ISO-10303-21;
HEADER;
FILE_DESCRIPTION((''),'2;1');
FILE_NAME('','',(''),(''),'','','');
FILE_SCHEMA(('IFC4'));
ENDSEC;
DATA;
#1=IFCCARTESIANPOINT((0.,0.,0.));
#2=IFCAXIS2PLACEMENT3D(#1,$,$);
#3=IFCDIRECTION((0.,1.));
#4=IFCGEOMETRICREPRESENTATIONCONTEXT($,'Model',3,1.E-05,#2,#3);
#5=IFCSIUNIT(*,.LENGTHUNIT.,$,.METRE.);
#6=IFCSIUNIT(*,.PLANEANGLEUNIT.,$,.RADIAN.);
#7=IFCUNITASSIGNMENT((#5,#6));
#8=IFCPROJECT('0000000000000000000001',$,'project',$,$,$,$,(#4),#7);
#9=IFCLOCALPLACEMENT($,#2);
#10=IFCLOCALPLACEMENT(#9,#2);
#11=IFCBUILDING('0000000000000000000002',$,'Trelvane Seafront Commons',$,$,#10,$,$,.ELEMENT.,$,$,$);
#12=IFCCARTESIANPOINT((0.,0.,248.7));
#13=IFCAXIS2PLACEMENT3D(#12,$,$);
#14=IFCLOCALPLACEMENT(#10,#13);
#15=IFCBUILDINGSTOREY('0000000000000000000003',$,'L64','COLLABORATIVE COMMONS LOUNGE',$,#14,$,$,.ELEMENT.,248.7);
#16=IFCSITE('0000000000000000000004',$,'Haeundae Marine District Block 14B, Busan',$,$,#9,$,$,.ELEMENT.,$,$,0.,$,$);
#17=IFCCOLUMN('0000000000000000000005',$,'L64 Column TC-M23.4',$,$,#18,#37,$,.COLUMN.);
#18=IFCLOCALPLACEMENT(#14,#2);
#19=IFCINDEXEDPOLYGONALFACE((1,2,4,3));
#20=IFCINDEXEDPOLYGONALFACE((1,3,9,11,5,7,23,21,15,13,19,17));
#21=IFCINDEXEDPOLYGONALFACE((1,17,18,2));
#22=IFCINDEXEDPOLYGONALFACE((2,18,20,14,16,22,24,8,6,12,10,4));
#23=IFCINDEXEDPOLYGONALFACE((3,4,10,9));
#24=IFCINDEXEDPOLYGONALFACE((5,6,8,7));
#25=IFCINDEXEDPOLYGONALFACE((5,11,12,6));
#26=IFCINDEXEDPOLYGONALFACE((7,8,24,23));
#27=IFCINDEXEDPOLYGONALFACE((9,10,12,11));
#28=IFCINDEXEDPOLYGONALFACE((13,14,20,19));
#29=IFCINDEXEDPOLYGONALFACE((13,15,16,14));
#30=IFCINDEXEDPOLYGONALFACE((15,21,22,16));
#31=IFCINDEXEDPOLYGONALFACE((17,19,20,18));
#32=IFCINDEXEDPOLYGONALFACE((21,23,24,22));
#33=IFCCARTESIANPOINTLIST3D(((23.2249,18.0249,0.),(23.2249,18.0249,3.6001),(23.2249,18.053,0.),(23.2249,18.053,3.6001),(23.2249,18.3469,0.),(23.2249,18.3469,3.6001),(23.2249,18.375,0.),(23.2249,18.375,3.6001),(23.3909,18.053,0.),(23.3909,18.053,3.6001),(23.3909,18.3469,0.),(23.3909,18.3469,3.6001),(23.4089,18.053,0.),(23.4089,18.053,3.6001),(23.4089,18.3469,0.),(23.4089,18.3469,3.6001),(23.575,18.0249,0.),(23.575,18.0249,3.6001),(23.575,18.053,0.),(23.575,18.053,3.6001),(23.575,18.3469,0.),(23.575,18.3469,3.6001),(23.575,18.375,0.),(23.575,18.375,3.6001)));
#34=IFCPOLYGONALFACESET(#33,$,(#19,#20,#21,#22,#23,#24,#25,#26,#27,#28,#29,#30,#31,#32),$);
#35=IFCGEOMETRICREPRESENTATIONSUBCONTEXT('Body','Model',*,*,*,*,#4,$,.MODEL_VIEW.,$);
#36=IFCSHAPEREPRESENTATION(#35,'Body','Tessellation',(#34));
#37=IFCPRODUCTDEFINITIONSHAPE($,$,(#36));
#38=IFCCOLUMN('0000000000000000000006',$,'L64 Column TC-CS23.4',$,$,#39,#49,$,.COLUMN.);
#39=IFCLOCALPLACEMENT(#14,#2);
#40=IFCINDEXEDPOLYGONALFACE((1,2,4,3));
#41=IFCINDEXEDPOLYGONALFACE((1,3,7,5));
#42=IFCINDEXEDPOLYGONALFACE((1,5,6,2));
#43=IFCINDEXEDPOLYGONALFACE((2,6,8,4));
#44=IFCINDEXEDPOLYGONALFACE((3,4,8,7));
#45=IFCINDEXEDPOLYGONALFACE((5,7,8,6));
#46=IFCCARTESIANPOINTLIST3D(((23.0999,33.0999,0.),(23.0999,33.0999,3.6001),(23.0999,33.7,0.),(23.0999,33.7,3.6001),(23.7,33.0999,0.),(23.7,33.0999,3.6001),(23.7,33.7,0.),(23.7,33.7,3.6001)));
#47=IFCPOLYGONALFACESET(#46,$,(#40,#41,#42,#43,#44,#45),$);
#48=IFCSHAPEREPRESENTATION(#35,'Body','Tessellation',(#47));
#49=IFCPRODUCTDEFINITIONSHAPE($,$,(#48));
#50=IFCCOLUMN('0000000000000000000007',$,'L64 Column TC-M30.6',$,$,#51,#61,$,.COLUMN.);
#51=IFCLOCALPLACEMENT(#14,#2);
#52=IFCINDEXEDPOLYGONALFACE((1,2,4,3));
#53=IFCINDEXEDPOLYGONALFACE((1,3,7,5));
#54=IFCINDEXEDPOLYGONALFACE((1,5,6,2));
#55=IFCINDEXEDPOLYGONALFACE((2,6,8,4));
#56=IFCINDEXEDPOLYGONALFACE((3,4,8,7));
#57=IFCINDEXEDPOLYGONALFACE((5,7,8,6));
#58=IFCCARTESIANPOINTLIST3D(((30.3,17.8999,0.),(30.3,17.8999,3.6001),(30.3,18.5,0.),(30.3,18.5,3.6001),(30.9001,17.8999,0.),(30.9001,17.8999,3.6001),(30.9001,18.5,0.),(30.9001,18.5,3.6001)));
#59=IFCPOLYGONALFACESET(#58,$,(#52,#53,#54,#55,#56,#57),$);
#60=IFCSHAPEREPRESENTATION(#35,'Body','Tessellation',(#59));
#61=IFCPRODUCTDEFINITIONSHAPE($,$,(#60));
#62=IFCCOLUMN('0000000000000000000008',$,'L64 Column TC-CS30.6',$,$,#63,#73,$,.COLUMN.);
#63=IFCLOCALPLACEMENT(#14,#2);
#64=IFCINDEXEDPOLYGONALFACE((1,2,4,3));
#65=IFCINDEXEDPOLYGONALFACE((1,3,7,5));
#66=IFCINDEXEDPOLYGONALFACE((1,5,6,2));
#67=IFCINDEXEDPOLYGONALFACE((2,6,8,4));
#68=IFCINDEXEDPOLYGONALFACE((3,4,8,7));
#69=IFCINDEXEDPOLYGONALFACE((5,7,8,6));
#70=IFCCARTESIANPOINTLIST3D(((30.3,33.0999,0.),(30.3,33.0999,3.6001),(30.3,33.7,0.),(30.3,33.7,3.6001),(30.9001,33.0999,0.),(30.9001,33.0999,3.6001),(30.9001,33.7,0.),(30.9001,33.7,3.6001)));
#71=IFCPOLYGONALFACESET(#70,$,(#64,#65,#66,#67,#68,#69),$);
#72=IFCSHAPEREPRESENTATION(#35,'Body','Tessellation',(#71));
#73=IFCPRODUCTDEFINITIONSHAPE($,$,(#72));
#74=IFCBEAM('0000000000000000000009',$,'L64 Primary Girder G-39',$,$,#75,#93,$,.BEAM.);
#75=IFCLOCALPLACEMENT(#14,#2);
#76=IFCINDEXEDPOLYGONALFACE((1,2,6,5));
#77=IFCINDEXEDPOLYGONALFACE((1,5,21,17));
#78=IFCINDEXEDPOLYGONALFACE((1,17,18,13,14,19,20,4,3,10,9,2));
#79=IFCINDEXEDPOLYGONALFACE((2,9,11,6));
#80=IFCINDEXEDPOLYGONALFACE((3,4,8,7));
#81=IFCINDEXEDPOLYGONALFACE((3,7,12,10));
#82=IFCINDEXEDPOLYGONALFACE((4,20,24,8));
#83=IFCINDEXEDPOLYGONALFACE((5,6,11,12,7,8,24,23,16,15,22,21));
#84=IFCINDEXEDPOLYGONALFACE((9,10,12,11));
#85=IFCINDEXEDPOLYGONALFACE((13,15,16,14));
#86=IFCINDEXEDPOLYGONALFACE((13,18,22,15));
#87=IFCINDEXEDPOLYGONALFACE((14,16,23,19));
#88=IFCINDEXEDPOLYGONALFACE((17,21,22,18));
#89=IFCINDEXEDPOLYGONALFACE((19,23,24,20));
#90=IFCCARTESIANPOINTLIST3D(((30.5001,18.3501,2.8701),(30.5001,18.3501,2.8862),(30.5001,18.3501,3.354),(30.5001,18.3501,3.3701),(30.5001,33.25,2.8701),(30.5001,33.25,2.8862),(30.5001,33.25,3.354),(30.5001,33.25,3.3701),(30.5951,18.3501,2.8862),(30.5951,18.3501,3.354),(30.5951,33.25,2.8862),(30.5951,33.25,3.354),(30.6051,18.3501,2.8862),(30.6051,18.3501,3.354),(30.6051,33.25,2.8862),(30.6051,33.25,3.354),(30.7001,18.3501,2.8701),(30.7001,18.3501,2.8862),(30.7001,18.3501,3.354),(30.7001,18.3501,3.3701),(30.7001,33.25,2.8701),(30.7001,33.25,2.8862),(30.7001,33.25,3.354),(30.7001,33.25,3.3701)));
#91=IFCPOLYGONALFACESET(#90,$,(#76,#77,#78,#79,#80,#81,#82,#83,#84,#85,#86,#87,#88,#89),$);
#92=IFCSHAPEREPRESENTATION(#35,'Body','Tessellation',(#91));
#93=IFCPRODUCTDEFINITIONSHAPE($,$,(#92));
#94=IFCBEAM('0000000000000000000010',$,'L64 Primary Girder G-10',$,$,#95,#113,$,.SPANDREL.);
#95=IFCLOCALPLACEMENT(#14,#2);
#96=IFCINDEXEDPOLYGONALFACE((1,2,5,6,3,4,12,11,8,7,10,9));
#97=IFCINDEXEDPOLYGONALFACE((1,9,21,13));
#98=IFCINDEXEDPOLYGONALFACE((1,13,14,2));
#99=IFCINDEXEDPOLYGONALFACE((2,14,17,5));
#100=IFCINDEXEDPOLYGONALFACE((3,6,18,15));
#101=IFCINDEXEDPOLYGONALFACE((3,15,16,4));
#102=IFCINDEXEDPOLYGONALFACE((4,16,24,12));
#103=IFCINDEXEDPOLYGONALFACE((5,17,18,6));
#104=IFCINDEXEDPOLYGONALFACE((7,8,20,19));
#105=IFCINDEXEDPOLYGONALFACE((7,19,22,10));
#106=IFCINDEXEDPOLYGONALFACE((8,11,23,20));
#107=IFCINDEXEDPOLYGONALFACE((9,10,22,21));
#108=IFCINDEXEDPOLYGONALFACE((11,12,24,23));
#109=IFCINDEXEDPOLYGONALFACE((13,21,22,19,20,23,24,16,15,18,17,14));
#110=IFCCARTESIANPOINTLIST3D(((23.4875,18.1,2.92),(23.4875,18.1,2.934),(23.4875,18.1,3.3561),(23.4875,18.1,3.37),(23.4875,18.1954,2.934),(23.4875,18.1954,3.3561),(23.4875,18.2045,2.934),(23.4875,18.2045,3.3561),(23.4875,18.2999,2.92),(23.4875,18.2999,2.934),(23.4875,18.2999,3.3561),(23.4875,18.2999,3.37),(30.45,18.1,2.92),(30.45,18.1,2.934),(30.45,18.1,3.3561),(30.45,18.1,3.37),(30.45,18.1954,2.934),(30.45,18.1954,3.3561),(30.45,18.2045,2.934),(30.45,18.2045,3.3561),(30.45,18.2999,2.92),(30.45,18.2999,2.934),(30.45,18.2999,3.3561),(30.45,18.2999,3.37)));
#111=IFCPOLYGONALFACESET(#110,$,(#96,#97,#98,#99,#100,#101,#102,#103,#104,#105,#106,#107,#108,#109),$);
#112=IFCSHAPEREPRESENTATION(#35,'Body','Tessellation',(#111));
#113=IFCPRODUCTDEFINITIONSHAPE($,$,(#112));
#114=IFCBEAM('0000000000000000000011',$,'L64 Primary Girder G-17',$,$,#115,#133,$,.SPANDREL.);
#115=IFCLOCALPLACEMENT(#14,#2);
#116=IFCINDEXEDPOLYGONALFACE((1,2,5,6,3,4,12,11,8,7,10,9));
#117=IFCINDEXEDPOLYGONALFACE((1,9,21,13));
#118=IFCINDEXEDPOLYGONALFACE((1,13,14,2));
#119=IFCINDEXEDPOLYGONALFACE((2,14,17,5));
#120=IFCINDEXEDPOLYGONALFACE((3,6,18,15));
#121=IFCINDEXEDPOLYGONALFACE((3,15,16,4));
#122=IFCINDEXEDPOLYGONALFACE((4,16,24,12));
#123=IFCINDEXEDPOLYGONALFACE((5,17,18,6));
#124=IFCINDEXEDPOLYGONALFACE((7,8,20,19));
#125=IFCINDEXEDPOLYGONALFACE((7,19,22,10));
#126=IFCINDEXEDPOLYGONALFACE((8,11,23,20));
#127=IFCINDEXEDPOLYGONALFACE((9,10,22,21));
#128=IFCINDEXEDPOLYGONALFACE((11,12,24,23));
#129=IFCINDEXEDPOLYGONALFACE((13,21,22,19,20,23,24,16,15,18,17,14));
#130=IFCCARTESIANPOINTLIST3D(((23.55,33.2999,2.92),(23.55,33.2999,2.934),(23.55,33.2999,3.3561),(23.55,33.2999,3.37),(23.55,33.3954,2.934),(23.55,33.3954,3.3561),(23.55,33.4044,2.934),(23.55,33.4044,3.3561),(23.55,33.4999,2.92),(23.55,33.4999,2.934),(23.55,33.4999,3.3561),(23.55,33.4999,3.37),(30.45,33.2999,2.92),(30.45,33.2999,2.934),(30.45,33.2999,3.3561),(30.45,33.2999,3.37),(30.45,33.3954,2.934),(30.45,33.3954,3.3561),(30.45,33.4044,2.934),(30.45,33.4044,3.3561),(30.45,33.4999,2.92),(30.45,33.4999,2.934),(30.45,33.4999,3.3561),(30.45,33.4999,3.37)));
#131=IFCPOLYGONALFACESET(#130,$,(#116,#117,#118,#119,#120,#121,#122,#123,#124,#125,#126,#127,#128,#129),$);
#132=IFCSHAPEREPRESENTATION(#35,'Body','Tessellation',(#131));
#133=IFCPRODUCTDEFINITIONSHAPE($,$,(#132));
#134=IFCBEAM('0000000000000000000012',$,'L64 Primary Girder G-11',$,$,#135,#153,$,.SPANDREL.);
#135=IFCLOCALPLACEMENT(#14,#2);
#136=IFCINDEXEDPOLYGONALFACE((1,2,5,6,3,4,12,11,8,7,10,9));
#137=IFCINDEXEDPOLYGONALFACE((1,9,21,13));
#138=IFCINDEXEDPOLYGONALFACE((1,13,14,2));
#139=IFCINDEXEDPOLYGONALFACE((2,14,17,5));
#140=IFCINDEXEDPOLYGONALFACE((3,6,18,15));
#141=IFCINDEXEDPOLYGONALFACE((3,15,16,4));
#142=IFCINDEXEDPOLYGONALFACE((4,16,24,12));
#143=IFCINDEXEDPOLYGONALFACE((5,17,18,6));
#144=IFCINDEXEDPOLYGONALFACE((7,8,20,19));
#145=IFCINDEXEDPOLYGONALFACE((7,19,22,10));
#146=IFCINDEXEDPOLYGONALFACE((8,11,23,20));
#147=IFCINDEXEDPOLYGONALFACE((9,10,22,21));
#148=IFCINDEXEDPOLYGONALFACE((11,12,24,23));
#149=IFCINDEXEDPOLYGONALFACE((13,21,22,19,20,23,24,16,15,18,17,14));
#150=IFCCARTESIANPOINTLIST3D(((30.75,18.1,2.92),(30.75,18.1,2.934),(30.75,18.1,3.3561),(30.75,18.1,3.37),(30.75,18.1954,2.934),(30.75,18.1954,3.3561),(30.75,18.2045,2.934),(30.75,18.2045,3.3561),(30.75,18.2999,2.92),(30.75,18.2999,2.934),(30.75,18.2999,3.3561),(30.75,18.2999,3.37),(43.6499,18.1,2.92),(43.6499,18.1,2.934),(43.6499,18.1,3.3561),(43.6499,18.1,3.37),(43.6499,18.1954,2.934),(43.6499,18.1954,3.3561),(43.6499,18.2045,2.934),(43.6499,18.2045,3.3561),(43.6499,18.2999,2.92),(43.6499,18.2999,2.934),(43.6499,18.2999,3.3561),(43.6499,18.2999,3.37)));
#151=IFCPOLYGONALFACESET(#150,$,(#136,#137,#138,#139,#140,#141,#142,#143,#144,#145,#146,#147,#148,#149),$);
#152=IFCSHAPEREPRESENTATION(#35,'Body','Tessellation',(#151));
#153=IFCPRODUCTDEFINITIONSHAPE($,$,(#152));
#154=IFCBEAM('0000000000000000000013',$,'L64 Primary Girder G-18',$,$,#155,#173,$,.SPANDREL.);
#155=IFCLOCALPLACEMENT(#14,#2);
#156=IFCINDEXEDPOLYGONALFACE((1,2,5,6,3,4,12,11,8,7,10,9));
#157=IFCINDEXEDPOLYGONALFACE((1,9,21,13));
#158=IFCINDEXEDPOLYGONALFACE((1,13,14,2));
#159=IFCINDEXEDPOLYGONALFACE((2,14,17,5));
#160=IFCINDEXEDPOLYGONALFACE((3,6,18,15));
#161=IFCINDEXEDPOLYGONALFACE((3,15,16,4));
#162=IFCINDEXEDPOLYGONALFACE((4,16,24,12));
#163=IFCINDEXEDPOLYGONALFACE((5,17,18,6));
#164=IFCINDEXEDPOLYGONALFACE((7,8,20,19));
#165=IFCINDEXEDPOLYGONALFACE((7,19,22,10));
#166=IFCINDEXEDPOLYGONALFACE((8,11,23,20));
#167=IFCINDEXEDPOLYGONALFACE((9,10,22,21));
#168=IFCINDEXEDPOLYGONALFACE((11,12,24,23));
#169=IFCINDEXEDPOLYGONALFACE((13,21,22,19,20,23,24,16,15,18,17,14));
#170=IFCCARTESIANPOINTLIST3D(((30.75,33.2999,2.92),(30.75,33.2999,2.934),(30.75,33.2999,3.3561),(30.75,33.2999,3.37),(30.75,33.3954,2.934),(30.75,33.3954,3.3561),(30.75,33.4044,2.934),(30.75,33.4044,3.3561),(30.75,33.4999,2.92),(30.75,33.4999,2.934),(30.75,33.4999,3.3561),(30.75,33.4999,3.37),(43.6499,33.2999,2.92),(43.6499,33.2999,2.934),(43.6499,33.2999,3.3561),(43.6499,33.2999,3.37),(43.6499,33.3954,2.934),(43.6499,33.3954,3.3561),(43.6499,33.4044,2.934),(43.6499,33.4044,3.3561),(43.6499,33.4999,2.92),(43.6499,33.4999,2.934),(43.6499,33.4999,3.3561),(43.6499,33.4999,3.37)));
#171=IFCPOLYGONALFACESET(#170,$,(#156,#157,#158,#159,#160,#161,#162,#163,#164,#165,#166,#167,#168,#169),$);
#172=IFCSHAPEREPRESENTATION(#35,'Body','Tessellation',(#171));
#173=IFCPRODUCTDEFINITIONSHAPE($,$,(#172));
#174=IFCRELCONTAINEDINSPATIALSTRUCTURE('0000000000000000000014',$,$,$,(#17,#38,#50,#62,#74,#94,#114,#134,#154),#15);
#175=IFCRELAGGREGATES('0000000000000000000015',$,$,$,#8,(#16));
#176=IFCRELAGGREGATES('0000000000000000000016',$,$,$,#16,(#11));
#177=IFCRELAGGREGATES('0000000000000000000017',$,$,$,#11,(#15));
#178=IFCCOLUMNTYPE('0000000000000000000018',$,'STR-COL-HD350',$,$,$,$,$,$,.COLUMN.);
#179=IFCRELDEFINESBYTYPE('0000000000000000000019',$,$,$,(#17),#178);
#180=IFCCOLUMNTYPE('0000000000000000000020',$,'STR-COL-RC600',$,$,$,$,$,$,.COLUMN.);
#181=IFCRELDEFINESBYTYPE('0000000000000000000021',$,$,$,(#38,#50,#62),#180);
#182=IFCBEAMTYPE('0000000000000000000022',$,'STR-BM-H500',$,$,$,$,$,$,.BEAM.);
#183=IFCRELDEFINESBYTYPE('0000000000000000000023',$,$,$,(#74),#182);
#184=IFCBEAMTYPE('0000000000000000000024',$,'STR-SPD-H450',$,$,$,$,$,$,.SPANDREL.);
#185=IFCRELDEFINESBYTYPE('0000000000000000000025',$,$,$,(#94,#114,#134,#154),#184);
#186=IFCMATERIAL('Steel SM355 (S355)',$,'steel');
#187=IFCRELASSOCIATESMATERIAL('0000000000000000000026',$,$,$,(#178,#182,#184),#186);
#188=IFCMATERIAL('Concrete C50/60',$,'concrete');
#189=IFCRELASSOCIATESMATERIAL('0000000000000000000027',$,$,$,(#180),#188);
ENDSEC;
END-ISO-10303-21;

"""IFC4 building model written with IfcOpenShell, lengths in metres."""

from ifc_helpers import new_model, si_unit, direction, frame, origin, origin_2d, place, context, subcontext, project, spatial, rectangle, i_section, extrude, source, transform, mapped, material, material_profile, profile_set, type_object, element, save


model = new_model("IFC4")

# Units and contexts
model_context = context("Model", 3, precision=1e-05, world=origin(), true_north=direction((0.0, 1.0)))
body_context = subcontext(model_context, "Body", "Model", "MODEL_VIEW")
ifc_project = project(units=[si_unit("LENGTHUNIT", "METRE"), si_unit("PLANEANGLEUNIT", "RADIAN")], contexts=[model_context])

# Site, building, storey
site_placement = place(None, origin())
site = spatial("IfcSite", under=ifc_project, at=site_placement, Name="Haeundae Marine District Block 14B, Busan", CompositionType="ELEMENT", RefElevation=0.0)
building_placement = place(site_placement, origin())
building = spatial("IfcBuilding", under=site, at=building_placement, Name="Trelvane Seafront Commons", CompositionType="ELEMENT")
storey_placement = place(building_placement, frame((0.0, 0.0, 248.7)))
storey = spatial("IfcBuildingStorey", under=building, at=storey_placement, Name="L64", Description="COLLABORATIVE COMMONS LOUNGE", CompositionType="ELEMENT", Elevation=248.7)

# Columns
ifc_material_1 = material(Name="Steel SM355 (S355)", Category="steel")
ifc_material_profile_1 = material_profile(ifc_material_1, i_section(OverallWidth=0.3501, OverallDepth=0.3501, WebThickness=0.0181, FlangeThickness=0.0281, at=origin_2d()), Name="HD-350x350x18x28")
ifc_profile_set_1 = profile_set([ifc_material_profile_1], Name="Steel SM355 (S355)")
column_type_1 = type_object("IfcColumnType", Name="STR-COL-HD350", PredefinedType="COLUMN", material=ifc_profile_set_1)
shared_shape_1 = source(origin(), body_context, "Body", "SweptSolid", [
    extrude(i_section(OverallWidth=0.3501, OverallDepth=0.3501, WebThickness=0.0181, FlangeThickness=0.0281, at=origin_2d()), origin(), (0.0, 0.0, 1.0), 3.6001),
])
column_placement = place(storey_placement, frame((23.3999, 18.2, 0.0), z_axis=(0.0, 0.0, 1.0), x_axis=(1.0, 0.0, 0.0)))
element("IfcColumn", 1, at=column_placement, inside=storey, type_object=column_type_1, Name="L64 Column TC-M23.4", PredefinedType="COLUMN", context=body_context, shape_type="MappedRepresentation", body=[
    mapped(shared_shape_1, transform((0.0, 0.0, 0.0), x_axis=(1.0, 0.0, 0.0), y_axis=(0.0, 1.0, 0.0), z_axis=(0.0, 0.0, 1.0), scale=1.0)),
])
ifc_material_2 = material(Name="Concrete C50/60", Category="concrete")
ifc_material_profile_2 = material_profile(ifc_material_2, rectangle(XDim=0.6001, YDim=0.6001, at=origin_2d()), Name="RC-600x600")
ifc_profile_set_2 = profile_set([ifc_material_profile_2], Name="Concrete C50/60")
column_type_2 = type_object("IfcColumnType", Name="STR-COL-RC600", PredefinedType="COLUMN", material=ifc_profile_set_2)
shared_shape_2 = source(origin(), body_context, "Body", "SweptSolid", [
    extrude(rectangle(XDim=0.6001, YDim=0.6001, at=origin_2d()), origin(), (0.0, 0.0, 1.0), 3.6001),
])
for number, where, z_axis, x_axis, name in (
    (2, (23.3999, 33.3999, 0.0), (0.0, 0.0, 1.0), (1.0, 0.0, 0.0), "L64 Column TC-CS23.4"),
    (3, (30.6001, 18.2, 0.0), (0.0, 0.0, 1.0), (1.0, 0.0, 0.0), "L64 Column TC-M30.6"),
    (4, (30.6001, 33.3999, 0.0), (0.0, 0.0, 1.0), (1.0, 0.0, 0.0), "L64 Column TC-CS30.6"),
):
    element("IfcColumn", number, at=place(storey_placement, frame(where, z_axis=z_axis, x_axis=x_axis)), inside=storey, type_object=column_type_2, Name=name, PredefinedType="COLUMN", context=body_context, shape_type="MappedRepresentation", body=[
        mapped(shared_shape_2, transform((0.0, 0.0, 0.0), x_axis=(1.0, 0.0, 0.0), y_axis=(0.0, 1.0, 0.0), z_axis=(0.0, 0.0, 1.0), scale=1.0)),
    ])

# Beams
ifc_material_profile_3 = material_profile(ifc_material_1, i_section(OverallWidth=0.2, OverallDepth=0.5, WebThickness=0.01, FlangeThickness=0.0161, at=origin_2d()), Name="H-500x200x10x16")
ifc_profile_set_3 = profile_set([ifc_material_profile_3], Name="Steel SM355 (S355)")
beam_type_1 = type_object("IfcBeamType", Name="STR-BM-H500", PredefinedType="BEAM", material=ifc_profile_set_3)
shared_shape_3 = source(origin(), body_context, "Body", "SweptSolid", [
    extrude(i_section(OverallWidth=0.2, OverallDepth=0.5, WebThickness=0.01, FlangeThickness=0.0161, at=origin_2d()), origin(), (0.0, 0.0, 1.0), 14.8999),
])
beam_1_placement = place(storey_placement, frame((30.6001, 18.3501, 3.1201), z_axis=(0.0, 1.0, 0.0), x_axis=(-1.0, 0.0, 0.0)))
element("IfcBeam", 5, at=beam_1_placement, inside=storey, type_object=beam_type_1, Name="L64 Primary Girder G-39", PredefinedType="BEAM", context=body_context, shape_type="MappedRepresentation", body=[
    mapped(shared_shape_3, transform((0.0, 0.0, 0.0), x_axis=(1.0, 0.0, 0.0), y_axis=(0.0, 1.0, 0.0), z_axis=(0.0, 0.0, 1.0), scale=1.0)),
])
ifc_material_profile_4 = material_profile(ifc_material_1, i_section(OverallWidth=0.2, OverallDepth=0.45, WebThickness=0.009, FlangeThickness=0.0139, at=origin_2d()), Name="H-450x200x9x14")
ifc_profile_set_4 = profile_set([ifc_material_profile_4], Name="Steel SM355 (S355)")
beam_type_2 = type_object("IfcBeamType", Name="STR-SPD-H450", PredefinedType="SPANDREL", material=ifc_profile_set_4)
shared_shape_4 = source(origin(), body_context, "Body", "SweptSolid", [
    extrude(i_section(OverallWidth=0.2, OverallDepth=0.45, WebThickness=0.009, FlangeThickness=0.0139, at=origin_2d()), origin(), (0.0, 0.0, 1.0), 6.9624),
])
beam_2_placement = place(storey_placement, frame((23.4875, 18.2, 3.145), z_axis=(1.0, 0.0, 0.0), x_axis=(0.0, 1.0, 0.0)))
element("IfcBeam", 6, at=beam_2_placement, inside=storey, type_object=beam_type_2, Name="L64 Primary Girder G-10", PredefinedType="SPANDREL", context=body_context, shape_type="MappedRepresentation", body=[
    mapped(shared_shape_4, transform((0.0, 0.0, 0.0), x_axis=(1.0, 0.0, 0.0), y_axis=(0.0, 1.0, 0.0), z_axis=(0.0, 0.0, 1.0), scale=1.0)),
])
shared_shape_5 = source(origin(), body_context, "Body", "SweptSolid", [
    extrude(i_section(OverallWidth=0.2, OverallDepth=0.45, WebThickness=0.009, FlangeThickness=0.0139, at=origin_2d()), origin(), (0.0, 0.0, 1.0), 6.8999),
])
beam_3_placement = place(storey_placement, frame((23.55, 33.3999, 3.145), z_axis=(1.0, 0.0, 0.0), x_axis=(0.0, 1.0, 0.0)))
element("IfcBeam", 7, at=beam_3_placement, inside=storey, type_object=beam_type_2, Name="L64 Primary Girder G-17", PredefinedType="SPANDREL", context=body_context, shape_type="MappedRepresentation", body=[
    mapped(shared_shape_5, transform((0.0, 0.0, 0.0), x_axis=(1.0, 0.0, 0.0), y_axis=(0.0, 1.0, 0.0), z_axis=(0.0, 0.0, 1.0), scale=1.0)),
])
shared_shape_6 = source(origin(), body_context, "Body", "SweptSolid", [
    extrude(i_section(OverallWidth=0.2, OverallDepth=0.45, WebThickness=0.009, FlangeThickness=0.0139, at=origin_2d()), origin(), (0.0, 0.0, 1.0), 12.8999),
])
for number, where, z_axis, x_axis, name in (
    (8, (30.75, 18.2, 3.145), (1.0, 0.0, 0.0), (0.0, 1.0, 0.0), "L64 Primary Girder G-11"),
    (9, (30.75, 33.3999, 3.145), (1.0, 0.0, 0.0), (0.0, 1.0, 0.0), "L64 Primary Girder G-18"),
):
    element("IfcBeam", number, at=place(storey_placement, frame(where, z_axis=z_axis, x_axis=x_axis)), inside=storey, type_object=beam_type_2, Name=name, PredefinedType="SPANDREL", context=body_context, shape_type="MappedRepresentation", body=[
        mapped(shared_shape_6, transform((0.0, 0.0, 0.0), x_axis=(1.0, 0.0, 0.0), y_axis=(0.0, 1.0, 0.0), z_axis=(0.0, 0.0, 1.0), scale=1.0)),
    ])

save(model, "model.ifc")
